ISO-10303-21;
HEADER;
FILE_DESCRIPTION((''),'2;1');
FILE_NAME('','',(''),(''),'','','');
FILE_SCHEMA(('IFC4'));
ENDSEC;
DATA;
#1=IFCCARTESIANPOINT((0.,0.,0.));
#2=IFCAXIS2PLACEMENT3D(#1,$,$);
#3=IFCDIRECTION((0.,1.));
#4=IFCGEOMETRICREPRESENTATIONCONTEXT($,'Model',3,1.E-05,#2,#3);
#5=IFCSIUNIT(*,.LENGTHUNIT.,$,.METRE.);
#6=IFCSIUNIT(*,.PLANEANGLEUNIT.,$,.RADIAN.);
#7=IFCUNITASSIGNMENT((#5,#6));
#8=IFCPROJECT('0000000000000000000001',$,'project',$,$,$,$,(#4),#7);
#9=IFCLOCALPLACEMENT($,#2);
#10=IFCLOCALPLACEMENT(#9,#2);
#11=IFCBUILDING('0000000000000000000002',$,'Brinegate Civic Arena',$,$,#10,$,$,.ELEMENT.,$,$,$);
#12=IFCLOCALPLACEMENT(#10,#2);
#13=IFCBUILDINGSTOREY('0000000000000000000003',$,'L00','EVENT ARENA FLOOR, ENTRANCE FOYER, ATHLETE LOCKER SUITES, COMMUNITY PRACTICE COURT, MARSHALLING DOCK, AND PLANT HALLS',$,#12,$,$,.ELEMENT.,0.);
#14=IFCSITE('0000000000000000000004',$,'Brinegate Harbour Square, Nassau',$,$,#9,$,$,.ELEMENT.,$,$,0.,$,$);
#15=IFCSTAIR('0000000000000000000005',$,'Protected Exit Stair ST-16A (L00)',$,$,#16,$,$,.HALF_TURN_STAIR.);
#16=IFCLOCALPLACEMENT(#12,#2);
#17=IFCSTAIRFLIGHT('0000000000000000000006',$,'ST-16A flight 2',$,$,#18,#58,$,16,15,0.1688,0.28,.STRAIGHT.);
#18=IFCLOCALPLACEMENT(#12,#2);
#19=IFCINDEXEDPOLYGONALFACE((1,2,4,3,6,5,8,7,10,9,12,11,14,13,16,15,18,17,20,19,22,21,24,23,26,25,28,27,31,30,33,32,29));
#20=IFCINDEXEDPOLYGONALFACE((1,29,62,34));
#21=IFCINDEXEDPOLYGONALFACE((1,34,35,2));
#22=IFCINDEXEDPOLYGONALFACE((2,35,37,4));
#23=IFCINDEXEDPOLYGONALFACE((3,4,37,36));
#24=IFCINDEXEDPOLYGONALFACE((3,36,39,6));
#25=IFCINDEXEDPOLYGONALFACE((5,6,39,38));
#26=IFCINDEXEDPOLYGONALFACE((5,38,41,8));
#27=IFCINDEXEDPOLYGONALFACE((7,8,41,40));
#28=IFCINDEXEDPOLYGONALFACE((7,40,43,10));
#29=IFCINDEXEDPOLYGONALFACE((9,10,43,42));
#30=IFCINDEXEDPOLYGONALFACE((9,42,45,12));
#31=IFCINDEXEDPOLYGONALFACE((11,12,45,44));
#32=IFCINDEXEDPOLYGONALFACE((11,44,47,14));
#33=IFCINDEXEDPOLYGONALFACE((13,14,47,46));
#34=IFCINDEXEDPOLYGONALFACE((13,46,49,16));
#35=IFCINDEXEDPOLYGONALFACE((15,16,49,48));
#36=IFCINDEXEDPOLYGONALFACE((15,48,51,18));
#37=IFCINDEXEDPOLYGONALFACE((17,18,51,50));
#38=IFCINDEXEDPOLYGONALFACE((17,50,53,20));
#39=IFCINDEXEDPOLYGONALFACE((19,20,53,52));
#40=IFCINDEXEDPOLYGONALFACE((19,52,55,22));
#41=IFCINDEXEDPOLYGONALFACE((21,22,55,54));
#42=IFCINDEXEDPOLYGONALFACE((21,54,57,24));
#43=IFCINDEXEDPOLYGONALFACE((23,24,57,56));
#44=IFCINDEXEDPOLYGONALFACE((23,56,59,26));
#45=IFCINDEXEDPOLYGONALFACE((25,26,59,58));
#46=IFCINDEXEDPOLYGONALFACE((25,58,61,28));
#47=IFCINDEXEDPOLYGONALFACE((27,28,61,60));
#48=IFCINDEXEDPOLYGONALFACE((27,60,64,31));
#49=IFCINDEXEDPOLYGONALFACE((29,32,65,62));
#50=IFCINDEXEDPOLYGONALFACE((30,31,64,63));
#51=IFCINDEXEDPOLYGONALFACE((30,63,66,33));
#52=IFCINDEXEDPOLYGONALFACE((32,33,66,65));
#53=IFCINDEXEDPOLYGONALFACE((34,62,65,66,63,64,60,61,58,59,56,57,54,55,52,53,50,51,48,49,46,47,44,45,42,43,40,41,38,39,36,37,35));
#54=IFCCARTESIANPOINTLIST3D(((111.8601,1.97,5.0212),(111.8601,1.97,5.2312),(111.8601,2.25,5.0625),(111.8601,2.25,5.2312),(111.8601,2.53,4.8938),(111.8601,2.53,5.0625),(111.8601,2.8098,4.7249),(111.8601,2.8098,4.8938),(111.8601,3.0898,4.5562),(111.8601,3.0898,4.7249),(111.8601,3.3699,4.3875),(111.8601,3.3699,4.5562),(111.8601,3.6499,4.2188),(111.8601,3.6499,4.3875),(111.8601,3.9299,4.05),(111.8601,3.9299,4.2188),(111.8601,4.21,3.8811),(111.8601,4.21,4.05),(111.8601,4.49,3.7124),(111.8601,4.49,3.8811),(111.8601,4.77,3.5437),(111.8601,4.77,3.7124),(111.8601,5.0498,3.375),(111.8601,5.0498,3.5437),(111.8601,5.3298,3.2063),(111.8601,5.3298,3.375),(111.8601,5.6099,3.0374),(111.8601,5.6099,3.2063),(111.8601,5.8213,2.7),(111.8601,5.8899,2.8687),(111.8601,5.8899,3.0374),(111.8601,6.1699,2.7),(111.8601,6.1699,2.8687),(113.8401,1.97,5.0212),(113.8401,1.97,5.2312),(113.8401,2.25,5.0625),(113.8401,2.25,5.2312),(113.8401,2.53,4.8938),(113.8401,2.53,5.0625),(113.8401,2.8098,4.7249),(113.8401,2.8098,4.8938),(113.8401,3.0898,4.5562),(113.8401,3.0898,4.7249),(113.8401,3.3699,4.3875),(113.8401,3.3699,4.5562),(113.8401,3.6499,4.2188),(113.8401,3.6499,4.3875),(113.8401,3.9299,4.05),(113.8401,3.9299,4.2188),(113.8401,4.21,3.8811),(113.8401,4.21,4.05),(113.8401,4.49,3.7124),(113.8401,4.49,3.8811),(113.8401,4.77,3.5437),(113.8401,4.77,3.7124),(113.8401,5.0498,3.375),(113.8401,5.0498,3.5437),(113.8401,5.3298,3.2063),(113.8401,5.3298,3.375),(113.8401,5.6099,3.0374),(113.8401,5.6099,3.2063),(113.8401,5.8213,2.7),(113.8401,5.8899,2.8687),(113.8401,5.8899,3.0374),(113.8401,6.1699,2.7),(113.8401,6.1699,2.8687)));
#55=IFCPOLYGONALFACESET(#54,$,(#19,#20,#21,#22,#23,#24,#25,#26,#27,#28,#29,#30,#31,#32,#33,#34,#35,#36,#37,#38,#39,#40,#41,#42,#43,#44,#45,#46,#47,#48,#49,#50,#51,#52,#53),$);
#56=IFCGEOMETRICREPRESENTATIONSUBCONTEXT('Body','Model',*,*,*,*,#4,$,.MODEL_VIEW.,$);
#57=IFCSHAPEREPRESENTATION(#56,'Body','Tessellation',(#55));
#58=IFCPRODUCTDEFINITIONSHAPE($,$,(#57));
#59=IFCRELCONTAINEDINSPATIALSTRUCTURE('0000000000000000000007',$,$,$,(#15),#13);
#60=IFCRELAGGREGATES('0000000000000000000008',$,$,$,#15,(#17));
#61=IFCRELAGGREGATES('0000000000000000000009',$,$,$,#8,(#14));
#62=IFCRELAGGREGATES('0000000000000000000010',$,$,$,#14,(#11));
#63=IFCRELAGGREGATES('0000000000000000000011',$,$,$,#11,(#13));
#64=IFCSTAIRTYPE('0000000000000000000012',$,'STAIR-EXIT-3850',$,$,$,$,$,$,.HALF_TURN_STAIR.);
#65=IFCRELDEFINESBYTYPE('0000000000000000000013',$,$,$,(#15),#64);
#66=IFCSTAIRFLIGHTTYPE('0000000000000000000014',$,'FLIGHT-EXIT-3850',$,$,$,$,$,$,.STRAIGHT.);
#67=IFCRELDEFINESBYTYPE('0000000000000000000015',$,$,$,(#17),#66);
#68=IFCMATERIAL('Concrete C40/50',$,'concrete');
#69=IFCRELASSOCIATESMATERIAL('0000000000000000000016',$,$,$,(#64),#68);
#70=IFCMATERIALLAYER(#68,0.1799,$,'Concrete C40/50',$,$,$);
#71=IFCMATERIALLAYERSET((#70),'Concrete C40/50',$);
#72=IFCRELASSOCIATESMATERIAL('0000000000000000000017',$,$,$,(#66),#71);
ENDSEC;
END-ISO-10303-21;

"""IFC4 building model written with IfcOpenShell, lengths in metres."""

from ifc_helpers import new_model, si_unit, direction, frame, origin, place, context, subcontext, project, spatial, polyline, outline, extrude, material, layer, layer_set, type_object, element, aggregate, save


model = new_model("IFC4")

# Units and contexts
model_context = context("Model", 3, precision=1e-05, world=origin(), true_north=direction((0.0, 1.0)))
body_context = subcontext(model_context, "Body", "Model", "MODEL_VIEW")
ifc_project = project(units=[si_unit("LENGTHUNIT", "METRE"), si_unit("PLANEANGLEUNIT", "RADIAN")], contexts=[model_context])

# Site, building, storey
site_placement = place(None, origin())
site = spatial("IfcSite", under=ifc_project, at=site_placement, Name="Brinegate Harbour Square, Nassau", CompositionType="ELEMENT", RefElevation=0.0)
building_placement = place(site_placement, origin())
building = spatial("IfcBuilding", under=site, at=building_placement, Name="Brinegate Civic Arena", CompositionType="ELEMENT")
storey_placement = place(building_placement, origin())
storey = spatial("IfcBuildingStorey", under=building, at=storey_placement, Name="L00", Description="EVENT ARENA FLOOR, ENTRANCE FOYER, ATHLETE LOCKER SUITES, COMMUNITY PRACTICE COURT, MARSHALLING DOCK, AND PLANT HALLS", CompositionType="ELEMENT", Elevation=0.0)

# Shared definitions
ifc_material_1 = material(Name="Concrete C40/50", Category="concrete")

# Stair, stair flight
stair_type = type_object("IfcStairType", Name="STAIR-EXIT-3850", PredefinedType="HALF_TURN_STAIR", material=ifc_material_1)
stair_placement = place(storey_placement, origin())
stair = element("IfcStair", 1, at=stair_placement, inside=storey, type_object=stair_type, Name="Protected Exit Stair ST-16A (L00)", PredefinedType="HALF_TURN_STAIR")
ifc_layer_1 = layer(ifc_material_1, 0.1799, Name="Concrete C40/50")
ifc_layer_set_1 = layer_set([ifc_layer_1], Name="Concrete C40/50")
stair_flight_type = type_object("IfcStairFlightType", Name="FLIGHT-EXIT-3850", PredefinedType="STRAIGHT", material=ifc_layer_set_1)
stair_flight_1_placement = place(storey_placement, frame((112.8501, 6.1699, 2.7), z_axis=(0.0, 0.0, 1.0), x_axis=(0.0, -1.0, 0.0)))
stair_flight_1 = element("IfcStairFlight", 2, at=stair_flight_1_placement, type_object=stair_flight_type, Name="ST-16A flight 2", NumberOfRisers=16, NumberOfTreads=15, PredefinedType="STRAIGHT", RiserHeight=0.1688, TreadLength=0.28, context=body_context, shape_type="SweptSolid", body=[
    extrude(outline(polyline([(0.0, 0.0), (0.0, 0.1687), (0.28, 0.1687), (0.28, 0.3374), (0.5601, 0.3374), (0.5601, 0.5063), (0.8401, 0.5063), (0.8401, 0.675), (1.1201, 0.675), (1.1201, 0.8438), (1.3999, 0.8438), (1.3999, 1.0125), (1.6799, 1.0125), (1.6799, 1.1812), (1.96, 1.1812), (1.96, 1.3501), (2.24, 1.3501), (2.24, 1.5188), (2.52, 1.5188), (2.52, 1.6875), (2.8, 1.6875), (2.8, 1.8562), (3.0801, 1.8562), (3.0801, 2.0249), (3.3601, 2.0249), (3.3601, 2.1938), (3.6399, 2.1938), (3.6399, 2.3625), (3.9199, 2.3625), (3.9199, 2.5312), (4.2, 2.5312), (4.2, 2.7), (4.2, 2.3213), (0.3486, 0.0), (0.0, 0.0)])), frame((0.0, 0.99, 0.0), z_axis=(0.0, -1.0, 0.0), x_axis=(1.0, 0.0, 0.0)), (0.0, 0.0, 1.0), 1.98),
])
aggregate(stair, [stair_flight_1])

save(model, "model.ifc")
